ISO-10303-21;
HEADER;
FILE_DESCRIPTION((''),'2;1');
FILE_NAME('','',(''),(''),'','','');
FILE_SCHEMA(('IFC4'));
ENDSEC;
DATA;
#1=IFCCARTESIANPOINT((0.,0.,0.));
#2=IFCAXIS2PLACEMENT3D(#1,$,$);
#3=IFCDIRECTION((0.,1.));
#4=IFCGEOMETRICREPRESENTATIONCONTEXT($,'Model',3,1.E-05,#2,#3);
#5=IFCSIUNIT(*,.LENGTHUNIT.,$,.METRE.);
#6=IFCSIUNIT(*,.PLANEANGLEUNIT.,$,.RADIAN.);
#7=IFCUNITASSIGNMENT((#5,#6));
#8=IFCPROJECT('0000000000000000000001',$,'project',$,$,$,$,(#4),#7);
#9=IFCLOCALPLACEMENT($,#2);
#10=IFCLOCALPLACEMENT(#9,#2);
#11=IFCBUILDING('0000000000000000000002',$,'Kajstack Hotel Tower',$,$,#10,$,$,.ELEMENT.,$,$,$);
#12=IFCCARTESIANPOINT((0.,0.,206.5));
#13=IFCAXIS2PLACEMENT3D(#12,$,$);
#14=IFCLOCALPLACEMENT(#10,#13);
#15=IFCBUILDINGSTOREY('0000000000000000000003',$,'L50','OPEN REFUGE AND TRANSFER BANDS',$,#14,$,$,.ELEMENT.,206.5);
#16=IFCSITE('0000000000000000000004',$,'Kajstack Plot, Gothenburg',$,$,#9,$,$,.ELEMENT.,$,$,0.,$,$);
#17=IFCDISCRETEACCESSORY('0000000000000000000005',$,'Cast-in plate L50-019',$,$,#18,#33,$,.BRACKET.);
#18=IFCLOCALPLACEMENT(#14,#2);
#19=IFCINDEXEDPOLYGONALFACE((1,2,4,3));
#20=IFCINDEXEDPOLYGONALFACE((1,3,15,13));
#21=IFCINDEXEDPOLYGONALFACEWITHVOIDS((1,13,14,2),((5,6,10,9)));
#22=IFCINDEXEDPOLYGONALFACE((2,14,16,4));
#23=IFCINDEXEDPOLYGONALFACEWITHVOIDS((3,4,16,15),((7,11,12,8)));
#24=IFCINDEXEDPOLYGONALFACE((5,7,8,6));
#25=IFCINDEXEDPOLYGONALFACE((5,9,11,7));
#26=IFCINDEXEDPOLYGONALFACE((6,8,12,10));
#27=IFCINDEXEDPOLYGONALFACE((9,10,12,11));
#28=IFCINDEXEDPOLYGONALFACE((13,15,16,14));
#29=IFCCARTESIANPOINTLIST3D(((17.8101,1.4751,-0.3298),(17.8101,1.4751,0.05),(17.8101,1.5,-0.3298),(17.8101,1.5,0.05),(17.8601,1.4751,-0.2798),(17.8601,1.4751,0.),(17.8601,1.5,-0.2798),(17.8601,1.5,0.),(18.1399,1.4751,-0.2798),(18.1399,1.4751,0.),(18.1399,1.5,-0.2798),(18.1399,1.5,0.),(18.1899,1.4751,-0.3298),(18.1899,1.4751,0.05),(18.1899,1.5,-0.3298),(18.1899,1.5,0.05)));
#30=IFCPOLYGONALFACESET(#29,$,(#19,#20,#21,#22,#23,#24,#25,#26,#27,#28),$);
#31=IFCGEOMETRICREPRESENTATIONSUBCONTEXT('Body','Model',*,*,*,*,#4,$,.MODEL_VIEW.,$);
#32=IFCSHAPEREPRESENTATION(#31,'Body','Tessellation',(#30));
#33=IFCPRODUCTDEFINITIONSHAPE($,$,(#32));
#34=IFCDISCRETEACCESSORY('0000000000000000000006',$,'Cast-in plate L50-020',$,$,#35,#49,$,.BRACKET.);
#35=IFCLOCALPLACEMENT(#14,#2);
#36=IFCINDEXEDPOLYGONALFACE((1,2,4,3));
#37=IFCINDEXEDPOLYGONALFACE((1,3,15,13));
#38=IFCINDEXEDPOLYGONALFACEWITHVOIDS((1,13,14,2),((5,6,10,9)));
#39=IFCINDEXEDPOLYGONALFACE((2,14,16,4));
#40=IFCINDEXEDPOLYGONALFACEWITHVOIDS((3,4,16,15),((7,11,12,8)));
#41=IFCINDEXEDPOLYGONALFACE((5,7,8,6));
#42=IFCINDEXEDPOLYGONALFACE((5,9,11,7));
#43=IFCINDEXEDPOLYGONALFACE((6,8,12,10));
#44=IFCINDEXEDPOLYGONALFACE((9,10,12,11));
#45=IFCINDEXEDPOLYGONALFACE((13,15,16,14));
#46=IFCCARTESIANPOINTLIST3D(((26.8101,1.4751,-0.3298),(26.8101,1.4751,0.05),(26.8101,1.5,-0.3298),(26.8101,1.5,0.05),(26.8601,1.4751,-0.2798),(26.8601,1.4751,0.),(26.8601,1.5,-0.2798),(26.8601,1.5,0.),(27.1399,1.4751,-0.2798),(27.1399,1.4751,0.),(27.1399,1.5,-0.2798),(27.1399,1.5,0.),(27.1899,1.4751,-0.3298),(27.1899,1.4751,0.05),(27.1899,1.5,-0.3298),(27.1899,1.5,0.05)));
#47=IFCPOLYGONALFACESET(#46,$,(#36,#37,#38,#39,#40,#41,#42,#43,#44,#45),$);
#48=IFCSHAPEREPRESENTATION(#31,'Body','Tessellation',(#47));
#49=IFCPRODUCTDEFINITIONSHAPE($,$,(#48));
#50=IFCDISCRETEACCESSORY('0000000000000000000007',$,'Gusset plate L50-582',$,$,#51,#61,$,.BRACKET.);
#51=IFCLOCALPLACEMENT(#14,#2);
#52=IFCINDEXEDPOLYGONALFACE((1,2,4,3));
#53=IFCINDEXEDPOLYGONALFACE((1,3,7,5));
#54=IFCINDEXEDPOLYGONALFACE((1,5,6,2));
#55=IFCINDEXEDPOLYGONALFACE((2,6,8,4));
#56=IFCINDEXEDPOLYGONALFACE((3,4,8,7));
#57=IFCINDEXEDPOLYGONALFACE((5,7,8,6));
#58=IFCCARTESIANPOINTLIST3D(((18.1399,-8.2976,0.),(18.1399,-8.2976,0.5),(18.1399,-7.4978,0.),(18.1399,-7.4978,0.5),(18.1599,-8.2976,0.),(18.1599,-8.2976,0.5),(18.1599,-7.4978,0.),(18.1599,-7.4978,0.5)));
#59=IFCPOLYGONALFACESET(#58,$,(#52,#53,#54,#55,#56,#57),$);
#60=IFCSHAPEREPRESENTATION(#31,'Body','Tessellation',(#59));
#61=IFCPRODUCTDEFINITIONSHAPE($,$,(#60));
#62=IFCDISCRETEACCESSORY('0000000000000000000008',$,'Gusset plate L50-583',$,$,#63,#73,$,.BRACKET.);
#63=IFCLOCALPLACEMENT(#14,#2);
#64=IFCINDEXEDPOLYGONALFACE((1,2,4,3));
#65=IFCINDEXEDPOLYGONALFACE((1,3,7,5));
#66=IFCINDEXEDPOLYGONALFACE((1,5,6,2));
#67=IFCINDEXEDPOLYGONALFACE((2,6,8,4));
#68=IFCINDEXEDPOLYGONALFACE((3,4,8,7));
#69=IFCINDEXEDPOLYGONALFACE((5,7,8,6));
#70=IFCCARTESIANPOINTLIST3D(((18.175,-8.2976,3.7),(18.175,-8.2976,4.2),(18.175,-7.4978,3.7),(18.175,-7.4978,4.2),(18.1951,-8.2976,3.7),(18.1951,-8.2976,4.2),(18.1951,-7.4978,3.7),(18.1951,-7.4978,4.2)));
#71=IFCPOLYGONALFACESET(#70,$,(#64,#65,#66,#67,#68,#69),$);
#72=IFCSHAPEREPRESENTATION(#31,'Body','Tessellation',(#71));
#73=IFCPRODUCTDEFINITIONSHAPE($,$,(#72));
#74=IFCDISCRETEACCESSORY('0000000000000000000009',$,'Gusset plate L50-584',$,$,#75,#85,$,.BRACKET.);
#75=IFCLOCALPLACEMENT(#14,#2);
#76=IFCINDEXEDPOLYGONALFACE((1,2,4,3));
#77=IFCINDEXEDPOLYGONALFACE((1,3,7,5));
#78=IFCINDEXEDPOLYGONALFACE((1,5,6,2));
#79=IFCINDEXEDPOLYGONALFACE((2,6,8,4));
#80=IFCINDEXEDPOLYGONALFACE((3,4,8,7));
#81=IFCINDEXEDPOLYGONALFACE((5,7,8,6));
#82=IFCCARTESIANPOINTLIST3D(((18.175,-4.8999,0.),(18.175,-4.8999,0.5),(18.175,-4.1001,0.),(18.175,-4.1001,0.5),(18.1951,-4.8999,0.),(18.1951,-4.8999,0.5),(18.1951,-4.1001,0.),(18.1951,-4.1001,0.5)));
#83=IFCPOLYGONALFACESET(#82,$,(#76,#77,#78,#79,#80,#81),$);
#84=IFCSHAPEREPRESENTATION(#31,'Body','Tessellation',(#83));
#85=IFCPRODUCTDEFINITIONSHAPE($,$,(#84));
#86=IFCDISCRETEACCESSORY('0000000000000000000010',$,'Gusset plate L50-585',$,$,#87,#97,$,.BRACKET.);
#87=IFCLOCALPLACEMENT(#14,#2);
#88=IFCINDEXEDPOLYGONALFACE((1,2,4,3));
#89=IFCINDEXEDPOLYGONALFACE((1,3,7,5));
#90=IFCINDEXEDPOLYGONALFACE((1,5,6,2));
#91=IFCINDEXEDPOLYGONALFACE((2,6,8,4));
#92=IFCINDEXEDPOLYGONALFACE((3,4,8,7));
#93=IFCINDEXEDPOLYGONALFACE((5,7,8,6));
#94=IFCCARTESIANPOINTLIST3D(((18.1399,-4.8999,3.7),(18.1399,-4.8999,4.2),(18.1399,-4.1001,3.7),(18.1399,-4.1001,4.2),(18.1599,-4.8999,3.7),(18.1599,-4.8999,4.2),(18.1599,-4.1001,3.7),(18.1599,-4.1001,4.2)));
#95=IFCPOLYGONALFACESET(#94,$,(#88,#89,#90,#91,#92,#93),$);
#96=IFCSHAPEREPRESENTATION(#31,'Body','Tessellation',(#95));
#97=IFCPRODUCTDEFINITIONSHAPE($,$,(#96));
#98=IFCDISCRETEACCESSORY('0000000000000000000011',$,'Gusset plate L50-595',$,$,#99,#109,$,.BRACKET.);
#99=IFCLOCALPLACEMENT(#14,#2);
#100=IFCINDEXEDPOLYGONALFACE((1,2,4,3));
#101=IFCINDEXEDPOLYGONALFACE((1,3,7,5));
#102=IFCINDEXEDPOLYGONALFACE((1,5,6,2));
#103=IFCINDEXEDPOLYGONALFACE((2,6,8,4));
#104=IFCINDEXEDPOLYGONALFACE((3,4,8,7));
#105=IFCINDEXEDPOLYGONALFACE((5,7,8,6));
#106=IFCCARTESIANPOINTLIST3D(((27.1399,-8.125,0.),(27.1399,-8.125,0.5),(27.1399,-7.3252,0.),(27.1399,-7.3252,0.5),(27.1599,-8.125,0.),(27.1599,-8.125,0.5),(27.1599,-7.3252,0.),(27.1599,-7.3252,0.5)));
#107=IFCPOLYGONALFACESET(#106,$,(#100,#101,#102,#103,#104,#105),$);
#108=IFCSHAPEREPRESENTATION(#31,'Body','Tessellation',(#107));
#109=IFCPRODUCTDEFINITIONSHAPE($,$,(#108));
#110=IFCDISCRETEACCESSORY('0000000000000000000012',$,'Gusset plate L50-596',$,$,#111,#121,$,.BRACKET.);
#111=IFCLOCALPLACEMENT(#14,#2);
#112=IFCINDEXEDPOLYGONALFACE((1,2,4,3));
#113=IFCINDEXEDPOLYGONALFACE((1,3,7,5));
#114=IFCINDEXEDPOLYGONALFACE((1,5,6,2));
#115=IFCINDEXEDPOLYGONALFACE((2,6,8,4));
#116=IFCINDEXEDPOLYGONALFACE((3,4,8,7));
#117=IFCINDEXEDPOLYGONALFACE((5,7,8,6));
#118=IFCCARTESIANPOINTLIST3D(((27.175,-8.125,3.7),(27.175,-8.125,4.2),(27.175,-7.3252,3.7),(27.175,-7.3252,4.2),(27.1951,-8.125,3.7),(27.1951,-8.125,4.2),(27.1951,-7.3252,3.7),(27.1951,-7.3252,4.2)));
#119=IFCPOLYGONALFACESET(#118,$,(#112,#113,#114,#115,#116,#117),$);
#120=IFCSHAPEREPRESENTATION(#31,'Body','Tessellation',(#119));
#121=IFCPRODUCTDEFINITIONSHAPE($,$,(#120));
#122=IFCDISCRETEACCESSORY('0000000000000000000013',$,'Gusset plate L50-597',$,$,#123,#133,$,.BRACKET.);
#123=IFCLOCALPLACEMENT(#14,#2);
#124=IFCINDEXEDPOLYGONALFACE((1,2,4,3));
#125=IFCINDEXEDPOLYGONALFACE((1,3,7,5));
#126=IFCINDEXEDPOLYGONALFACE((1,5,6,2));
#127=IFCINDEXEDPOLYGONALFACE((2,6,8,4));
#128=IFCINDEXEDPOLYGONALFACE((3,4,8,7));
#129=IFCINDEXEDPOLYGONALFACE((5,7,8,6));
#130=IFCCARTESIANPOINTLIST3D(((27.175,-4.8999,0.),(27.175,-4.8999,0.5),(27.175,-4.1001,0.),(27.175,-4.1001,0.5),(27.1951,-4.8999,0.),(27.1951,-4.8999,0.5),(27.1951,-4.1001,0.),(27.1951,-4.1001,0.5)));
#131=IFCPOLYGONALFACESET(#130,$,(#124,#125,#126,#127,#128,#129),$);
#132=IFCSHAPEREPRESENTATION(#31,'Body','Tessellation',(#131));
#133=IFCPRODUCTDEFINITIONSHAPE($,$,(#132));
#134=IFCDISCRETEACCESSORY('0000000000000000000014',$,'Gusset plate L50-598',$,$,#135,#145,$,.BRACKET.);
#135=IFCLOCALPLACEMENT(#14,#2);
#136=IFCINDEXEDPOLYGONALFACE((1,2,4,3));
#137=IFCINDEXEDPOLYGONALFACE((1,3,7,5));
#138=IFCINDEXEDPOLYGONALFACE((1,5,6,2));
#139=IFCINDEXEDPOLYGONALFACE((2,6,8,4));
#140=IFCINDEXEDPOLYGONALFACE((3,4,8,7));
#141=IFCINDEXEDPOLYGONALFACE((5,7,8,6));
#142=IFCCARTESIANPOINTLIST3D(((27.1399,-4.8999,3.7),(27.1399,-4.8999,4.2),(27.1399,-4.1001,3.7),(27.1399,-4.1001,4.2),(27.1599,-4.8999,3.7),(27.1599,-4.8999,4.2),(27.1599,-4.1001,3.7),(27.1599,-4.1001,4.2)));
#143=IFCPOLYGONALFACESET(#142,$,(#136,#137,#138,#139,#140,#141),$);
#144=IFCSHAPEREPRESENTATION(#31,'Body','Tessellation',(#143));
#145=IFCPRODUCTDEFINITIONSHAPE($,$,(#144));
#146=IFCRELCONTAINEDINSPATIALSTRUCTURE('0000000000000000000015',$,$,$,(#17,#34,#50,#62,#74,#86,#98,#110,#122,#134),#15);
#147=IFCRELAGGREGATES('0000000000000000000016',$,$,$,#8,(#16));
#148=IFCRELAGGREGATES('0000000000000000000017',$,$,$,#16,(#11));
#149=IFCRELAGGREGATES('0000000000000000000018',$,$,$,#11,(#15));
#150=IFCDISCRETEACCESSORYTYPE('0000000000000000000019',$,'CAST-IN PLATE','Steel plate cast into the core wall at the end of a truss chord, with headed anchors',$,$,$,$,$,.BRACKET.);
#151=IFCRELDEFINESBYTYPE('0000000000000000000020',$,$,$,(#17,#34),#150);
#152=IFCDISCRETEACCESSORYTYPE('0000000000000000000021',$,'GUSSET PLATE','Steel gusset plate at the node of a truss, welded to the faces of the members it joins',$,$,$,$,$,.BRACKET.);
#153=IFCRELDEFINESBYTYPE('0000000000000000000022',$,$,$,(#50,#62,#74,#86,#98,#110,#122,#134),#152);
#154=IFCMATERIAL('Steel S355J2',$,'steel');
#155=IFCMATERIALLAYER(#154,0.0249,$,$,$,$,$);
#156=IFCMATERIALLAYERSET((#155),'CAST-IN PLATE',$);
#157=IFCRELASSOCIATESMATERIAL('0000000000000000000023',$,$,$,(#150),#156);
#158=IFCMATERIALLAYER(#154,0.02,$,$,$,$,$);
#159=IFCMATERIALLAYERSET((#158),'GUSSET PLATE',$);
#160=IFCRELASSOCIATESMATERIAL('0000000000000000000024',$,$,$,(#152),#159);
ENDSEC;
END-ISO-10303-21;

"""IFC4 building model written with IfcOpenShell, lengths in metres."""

from ifc_helpers import new_model, si_unit, direction, frame, origin, place, context, subcontext, project, spatial, polyline, outline, extrude, material, layer, layer_set, type_object, element, save


model = new_model("IFC4")

# Units and contexts
model_context = context("Model", 3, precision=1e-05, world=origin(), true_north=direction((0.0, 1.0)))
body_context = subcontext(model_context, "Body", "Model", "MODEL_VIEW")
ifc_project = project(units=[si_unit("LENGTHUNIT", "METRE"), si_unit("PLANEANGLEUNIT", "RADIAN")], contexts=[model_context])

# Site, building, storey
site_placement = place(None, origin())
site = spatial("IfcSite", under=ifc_project, at=site_placement, Name="Kajstack Plot, Gothenburg", CompositionType="ELEMENT", RefElevation=0.0)
building_placement = place(site_placement, origin())
building = spatial("IfcBuilding", under=site, at=building_placement, Name="Kajstack Hotel Tower", CompositionType="ELEMENT")
storey_placement = place(building_placement, frame((0.0, 0.0, 206.5)))
storey = spatial("IfcBuildingStorey", under=building, at=storey_placement, Name="L50", Description="OPEN REFUGE AND TRANSFER BANDS", CompositionType="ELEMENT", Elevation=206.5)

# Shared definitions
ifc_material = material(Name="Steel S355J2", Category="steel")

# Discrete accessories
ifc_layer_1 = layer(ifc_material, 0.0249)
ifc_layer_set_1 = layer_set([ifc_layer_1], Name="CAST-IN PLATE")
discrete_accessory_type_1 = type_object("IfcDiscreteAccessoryType", Name="CAST-IN PLATE", Description="Steel plate cast into the core wall at the end of a truss chord, with headed anchors", PredefinedType="BRACKET", material=ifc_layer_set_1)
for number, where, z_axis, x_axis, name in (
    (1, (18.0, 1.4751, -0.1399), (0.0, 1.0, 0.0), (-1.0, 0.0, 0.0), "Cast-in plate L50-019"),
    (2, (27.0, 1.4751, -0.1399), (0.0, 1.0, 0.0), (-1.0, 0.0, 0.0), "Cast-in plate L50-020"),
):
    element("IfcDiscreteAccessory", number, at=place(storey_placement, frame(where, z_axis=z_axis, x_axis=x_axis)), inside=storey, type_object=discrete_accessory_type_1, Name=name, PredefinedType="BRACKET", context=body_context, shape_type="SweptSolid", body=[
        extrude(outline(polyline([(-0.1899, -0.1899), (0.1899, -0.1899), (0.1899, 0.1899), (-0.1899, 0.1899), (-0.1899, -0.1899)]), holes=[polyline([(-0.1399, -0.1399), (-0.1399, 0.1399), (0.1399, 0.1399), (0.1399, -0.1399), (-0.1399, -0.1399)])]), origin(), (0.0, 0.0, 1.0), 0.0249),
    ])
ifc_layer_2 = layer(ifc_material, 0.02)
ifc_layer_set_2 = layer_set([ifc_layer_2], Name="GUSSET PLATE")
discrete_accessory_type_2 = type_object("IfcDiscreteAccessoryType", Name="GUSSET PLATE", Description="Steel gusset plate at the node of a truss, welded to the faces of the members it joins", PredefinedType="BRACKET", material=ifc_layer_set_2)
for number, where, z_axis, x_axis, name in (
    (3, (18.1399, -7.8977, 0.0), (1.0, 0.0, 0.0), (0.0, 1.0, 0.0), "Gusset plate L50-582"),
    (4, (18.175, -7.8977, 3.7), (1.0, 0.0, 0.0), (0.0, 1.0, 0.0), "Gusset plate L50-583"),
    (5, (18.175, -4.5, 0.0), (1.0, 0.0, 0.0), (0.0, 1.0, 0.0), "Gusset plate L50-584"),
    (6, (18.1399, -4.5, 3.7), (1.0, 0.0, 0.0), (0.0, 1.0, 0.0), "Gusset plate L50-585"),
):
    element("IfcDiscreteAccessory", number, at=place(storey_placement, frame(where, z_axis=z_axis, x_axis=x_axis)), inside=storey, type_object=discrete_accessory_type_2, Name=name, PredefinedType="BRACKET", context=body_context, shape_type="SweptSolid", body=[
        extrude(outline(polyline([(-0.3999, 0.0), (0.3999, 0.0), (0.3999, 0.5), (-0.3999, 0.5), (-0.3999, 0.0)])), origin(), (0.0, 0.0, 1.0), 0.02),
    ])
for number, where, z_axis, x_axis, name in (
    (7, (27.1399, -7.7251, 0.0), (1.0, 0.0, 0.0), (0.0, 1.0, 0.0), "Gusset plate L50-595"),
    (8, (27.175, -7.7251, 3.7), (1.0, 0.0, 0.0), (0.0, 1.0, 0.0), "Gusset plate L50-596"),
    (9, (27.175, -4.5, 0.0), (1.0, 0.0, 0.0), (0.0, 1.0, 0.0), "Gusset plate L50-597"),
    (10, (27.1399, -4.5, 3.7), (1.0, 0.0, 0.0), (0.0, 1.0, 0.0), "Gusset plate L50-598"),
):
    element("IfcDiscreteAccessory", number, at=place(storey_placement, frame(where, z_axis=z_axis, x_axis=x_axis)), inside=storey, type_object=discrete_accessory_type_2, Name=name, PredefinedType="BRACKET", context=body_context, shape_type="SweptSolid", body=[
        extrude(outline(polyline([(-0.3999, 0.0), (0.3999, 0.0), (0.3999, 0.5), (-0.3999, 0.5), (-0.3999, 0.0)])), origin(), (0.0, 0.0, 1.0), 0.02),
    ])

save(model, "model.ifc")
